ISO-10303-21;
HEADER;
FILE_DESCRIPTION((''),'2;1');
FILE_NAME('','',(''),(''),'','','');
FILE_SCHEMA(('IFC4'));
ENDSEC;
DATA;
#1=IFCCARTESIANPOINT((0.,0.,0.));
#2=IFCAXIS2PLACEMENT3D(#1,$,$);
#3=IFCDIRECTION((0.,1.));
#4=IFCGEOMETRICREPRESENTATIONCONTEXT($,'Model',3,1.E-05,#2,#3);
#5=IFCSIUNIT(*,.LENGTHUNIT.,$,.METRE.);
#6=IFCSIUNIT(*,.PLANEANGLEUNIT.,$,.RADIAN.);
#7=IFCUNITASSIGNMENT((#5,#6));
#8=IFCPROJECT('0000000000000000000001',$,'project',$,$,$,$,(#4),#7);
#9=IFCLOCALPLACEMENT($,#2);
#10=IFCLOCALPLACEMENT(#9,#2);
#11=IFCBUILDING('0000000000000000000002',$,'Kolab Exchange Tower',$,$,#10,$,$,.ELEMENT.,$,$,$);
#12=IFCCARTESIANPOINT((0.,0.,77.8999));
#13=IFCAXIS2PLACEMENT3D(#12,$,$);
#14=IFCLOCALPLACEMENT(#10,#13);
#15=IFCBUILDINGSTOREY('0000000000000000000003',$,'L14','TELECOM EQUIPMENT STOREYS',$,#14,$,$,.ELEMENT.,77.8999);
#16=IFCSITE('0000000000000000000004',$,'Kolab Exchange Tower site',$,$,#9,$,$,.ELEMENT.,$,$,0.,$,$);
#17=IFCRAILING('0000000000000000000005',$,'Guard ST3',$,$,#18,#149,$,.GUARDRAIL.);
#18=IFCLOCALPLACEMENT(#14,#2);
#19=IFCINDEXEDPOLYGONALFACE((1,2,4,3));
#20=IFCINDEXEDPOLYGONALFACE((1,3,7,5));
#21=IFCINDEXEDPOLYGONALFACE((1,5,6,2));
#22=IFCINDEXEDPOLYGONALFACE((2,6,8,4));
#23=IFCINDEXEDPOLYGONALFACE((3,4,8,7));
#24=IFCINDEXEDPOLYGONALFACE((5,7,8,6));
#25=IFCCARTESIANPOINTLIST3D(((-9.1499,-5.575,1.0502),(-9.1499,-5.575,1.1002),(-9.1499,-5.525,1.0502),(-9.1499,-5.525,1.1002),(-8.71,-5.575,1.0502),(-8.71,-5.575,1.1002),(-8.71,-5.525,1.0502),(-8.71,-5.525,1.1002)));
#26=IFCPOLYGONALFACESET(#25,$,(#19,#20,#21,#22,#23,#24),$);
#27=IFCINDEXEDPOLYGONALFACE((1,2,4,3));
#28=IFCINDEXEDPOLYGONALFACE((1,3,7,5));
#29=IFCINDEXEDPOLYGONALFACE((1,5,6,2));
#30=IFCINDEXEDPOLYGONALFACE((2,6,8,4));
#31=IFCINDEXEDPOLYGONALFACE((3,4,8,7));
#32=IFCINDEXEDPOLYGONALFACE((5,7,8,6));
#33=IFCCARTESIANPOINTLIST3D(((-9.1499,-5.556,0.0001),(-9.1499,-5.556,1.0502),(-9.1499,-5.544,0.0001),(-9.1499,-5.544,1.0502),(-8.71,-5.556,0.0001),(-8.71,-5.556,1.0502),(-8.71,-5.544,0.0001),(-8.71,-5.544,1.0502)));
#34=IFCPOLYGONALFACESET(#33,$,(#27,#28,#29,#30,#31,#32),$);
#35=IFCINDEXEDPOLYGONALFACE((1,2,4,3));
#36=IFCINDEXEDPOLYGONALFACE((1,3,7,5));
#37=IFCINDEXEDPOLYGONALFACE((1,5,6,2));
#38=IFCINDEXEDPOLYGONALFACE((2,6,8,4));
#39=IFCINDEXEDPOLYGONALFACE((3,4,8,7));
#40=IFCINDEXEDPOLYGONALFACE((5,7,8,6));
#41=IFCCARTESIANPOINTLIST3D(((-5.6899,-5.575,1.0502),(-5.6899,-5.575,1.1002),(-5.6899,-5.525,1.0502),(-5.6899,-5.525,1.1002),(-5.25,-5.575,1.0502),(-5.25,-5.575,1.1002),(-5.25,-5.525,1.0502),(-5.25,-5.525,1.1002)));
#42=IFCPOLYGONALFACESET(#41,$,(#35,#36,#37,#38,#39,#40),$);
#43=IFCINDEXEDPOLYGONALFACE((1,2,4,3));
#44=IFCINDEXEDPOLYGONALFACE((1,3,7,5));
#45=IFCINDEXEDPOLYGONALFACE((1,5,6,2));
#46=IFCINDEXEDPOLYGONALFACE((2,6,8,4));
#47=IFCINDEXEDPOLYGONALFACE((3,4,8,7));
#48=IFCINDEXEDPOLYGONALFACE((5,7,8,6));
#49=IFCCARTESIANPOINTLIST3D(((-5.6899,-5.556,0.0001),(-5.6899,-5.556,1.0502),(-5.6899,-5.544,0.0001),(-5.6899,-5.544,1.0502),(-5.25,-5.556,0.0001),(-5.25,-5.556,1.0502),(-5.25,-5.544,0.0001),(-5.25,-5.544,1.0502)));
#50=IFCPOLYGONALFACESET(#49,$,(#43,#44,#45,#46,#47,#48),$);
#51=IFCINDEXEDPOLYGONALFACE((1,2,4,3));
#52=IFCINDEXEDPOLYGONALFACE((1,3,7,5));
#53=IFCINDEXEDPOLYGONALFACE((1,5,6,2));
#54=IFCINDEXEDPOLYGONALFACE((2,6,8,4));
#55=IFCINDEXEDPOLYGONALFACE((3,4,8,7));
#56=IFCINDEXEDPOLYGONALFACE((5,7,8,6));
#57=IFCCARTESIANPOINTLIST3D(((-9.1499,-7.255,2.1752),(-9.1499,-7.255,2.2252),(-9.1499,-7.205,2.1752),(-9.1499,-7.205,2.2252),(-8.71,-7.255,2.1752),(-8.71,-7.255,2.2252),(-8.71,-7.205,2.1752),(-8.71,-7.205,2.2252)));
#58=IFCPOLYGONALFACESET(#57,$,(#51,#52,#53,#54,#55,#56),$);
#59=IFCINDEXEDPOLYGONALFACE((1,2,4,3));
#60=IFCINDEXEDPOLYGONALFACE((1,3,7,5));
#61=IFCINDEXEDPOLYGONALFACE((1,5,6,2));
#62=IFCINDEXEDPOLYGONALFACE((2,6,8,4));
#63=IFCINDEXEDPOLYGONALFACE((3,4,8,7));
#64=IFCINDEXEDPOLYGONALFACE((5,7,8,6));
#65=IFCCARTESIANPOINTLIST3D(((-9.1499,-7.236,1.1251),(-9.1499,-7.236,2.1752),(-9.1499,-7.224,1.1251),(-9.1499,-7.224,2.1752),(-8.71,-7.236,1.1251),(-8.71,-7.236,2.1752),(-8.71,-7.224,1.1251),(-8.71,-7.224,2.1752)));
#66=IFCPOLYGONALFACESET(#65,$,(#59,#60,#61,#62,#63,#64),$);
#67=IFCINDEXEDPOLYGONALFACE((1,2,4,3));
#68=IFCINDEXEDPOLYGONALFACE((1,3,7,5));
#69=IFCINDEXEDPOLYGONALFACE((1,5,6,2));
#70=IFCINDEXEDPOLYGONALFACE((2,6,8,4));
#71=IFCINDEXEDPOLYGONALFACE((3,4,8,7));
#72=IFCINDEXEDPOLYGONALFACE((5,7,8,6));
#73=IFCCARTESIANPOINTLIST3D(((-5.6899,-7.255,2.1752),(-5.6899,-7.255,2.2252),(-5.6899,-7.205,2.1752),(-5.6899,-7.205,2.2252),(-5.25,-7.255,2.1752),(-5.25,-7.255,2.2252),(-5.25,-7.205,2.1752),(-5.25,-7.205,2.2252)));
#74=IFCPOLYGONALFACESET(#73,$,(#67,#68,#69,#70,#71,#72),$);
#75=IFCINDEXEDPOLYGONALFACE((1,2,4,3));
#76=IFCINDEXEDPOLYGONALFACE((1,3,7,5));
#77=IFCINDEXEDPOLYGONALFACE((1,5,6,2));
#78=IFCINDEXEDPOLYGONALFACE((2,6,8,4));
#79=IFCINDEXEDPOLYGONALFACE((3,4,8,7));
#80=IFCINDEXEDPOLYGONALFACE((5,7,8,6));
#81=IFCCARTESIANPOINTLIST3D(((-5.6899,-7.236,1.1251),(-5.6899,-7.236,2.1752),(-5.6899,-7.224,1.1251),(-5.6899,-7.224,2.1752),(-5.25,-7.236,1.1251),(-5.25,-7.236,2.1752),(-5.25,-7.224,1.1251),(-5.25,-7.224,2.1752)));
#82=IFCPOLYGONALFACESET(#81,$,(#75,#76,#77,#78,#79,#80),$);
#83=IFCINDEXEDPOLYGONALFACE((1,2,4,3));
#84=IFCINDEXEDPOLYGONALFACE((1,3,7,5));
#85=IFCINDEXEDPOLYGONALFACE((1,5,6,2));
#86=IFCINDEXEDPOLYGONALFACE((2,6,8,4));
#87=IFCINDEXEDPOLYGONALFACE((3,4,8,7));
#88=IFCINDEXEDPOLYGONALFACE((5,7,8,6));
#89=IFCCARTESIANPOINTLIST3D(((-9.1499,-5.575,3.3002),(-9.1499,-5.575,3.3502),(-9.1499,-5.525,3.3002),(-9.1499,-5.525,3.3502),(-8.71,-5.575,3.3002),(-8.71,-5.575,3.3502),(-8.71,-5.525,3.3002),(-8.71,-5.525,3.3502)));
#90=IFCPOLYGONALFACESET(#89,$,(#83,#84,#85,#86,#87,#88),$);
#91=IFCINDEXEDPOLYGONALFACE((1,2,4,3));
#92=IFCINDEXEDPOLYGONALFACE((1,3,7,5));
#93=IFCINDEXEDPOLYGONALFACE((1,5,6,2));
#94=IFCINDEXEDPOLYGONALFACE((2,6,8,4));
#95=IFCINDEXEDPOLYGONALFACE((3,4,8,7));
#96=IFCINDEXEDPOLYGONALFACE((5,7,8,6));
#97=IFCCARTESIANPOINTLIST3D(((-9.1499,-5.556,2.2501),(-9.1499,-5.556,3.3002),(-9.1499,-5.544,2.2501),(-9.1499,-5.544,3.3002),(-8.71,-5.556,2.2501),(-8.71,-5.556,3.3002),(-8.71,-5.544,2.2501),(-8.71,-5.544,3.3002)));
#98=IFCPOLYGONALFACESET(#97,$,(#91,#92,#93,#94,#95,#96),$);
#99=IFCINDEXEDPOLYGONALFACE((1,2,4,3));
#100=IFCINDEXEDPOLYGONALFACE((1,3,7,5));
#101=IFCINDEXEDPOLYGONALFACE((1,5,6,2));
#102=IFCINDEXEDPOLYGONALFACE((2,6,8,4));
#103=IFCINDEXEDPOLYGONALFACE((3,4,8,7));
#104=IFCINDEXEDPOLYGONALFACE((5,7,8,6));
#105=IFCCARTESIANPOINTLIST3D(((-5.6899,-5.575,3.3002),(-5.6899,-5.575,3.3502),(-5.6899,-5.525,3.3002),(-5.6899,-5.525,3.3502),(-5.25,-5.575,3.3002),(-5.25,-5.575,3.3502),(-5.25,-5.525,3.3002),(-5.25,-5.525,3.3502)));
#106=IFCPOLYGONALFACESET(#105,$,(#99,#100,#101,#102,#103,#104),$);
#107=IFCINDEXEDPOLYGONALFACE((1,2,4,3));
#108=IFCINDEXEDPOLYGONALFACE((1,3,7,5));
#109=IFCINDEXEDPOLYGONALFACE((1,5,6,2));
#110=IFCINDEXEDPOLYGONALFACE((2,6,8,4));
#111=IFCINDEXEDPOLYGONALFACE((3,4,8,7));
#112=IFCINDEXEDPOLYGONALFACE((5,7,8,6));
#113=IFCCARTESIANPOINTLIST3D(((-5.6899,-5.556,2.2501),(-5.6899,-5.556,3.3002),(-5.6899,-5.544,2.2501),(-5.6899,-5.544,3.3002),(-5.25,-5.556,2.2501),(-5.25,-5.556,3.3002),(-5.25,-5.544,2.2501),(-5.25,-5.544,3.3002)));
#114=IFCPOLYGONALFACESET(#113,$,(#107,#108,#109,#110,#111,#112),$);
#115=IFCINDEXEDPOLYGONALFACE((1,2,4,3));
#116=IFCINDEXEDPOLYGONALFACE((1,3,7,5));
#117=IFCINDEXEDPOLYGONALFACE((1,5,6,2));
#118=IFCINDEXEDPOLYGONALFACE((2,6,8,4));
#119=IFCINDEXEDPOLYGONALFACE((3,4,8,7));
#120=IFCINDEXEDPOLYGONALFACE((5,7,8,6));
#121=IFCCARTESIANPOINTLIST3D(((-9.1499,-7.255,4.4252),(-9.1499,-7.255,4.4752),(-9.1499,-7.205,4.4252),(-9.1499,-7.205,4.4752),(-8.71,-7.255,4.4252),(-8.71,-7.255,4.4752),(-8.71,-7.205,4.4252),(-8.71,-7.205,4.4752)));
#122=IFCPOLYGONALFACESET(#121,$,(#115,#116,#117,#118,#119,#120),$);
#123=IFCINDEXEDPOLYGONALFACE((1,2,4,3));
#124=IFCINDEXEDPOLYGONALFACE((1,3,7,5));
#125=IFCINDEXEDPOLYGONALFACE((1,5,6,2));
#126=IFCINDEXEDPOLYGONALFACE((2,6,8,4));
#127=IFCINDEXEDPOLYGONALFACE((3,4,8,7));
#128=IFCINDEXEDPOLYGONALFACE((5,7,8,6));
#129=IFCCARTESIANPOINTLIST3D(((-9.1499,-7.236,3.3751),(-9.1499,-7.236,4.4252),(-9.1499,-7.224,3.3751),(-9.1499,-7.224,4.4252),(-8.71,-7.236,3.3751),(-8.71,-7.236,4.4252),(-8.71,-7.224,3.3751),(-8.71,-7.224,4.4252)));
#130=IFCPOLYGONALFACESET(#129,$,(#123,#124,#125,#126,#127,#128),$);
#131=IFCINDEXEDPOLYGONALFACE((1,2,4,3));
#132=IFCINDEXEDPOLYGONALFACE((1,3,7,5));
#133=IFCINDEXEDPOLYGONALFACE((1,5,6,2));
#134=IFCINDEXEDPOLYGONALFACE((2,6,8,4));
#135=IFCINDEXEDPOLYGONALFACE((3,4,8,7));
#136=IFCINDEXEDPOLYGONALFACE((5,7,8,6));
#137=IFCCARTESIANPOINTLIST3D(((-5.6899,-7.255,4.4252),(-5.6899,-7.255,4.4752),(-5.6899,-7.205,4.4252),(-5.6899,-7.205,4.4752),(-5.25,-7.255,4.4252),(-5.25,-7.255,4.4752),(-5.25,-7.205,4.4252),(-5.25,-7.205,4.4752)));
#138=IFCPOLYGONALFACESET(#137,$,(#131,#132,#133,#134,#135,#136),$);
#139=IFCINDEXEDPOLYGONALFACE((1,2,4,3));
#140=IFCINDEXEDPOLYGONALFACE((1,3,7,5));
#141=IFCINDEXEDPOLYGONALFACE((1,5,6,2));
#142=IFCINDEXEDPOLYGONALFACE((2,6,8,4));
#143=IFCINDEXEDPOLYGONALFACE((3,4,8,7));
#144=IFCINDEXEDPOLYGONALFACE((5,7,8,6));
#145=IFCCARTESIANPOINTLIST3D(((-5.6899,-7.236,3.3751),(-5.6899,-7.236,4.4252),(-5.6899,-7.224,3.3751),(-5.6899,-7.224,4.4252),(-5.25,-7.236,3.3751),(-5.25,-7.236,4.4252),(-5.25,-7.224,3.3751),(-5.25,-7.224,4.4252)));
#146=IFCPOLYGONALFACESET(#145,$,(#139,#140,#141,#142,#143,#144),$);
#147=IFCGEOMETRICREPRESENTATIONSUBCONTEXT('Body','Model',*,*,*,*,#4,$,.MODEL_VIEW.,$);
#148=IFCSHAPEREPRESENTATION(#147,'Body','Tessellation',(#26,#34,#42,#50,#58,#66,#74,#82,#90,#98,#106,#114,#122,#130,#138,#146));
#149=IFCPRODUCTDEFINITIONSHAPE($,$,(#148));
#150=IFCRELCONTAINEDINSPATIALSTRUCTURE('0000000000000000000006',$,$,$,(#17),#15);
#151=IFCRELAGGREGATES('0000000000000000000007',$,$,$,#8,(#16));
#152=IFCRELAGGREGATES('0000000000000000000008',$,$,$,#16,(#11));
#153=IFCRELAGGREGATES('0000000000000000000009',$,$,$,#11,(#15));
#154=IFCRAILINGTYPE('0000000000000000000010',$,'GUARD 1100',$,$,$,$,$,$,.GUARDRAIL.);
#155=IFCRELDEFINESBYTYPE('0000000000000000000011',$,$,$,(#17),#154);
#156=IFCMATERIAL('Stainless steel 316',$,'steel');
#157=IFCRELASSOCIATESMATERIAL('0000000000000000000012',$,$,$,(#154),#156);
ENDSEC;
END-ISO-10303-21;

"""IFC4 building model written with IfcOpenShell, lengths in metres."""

from ifc_helpers import new_model, si_unit, direction, frame, frame_2d, origin, origin_2d, place, context, subcontext, project, spatial, rectangle, extrude, material, type_object, element, save


model = new_model("IFC4")

# Units and contexts
model_context = context("Model", 3, precision=1e-05, world=origin(), true_north=direction((0.0, 1.0)))
body_context = subcontext(model_context, "Body", "Model", "MODEL_VIEW")
ifc_project = project(units=[si_unit("LENGTHUNIT", "METRE"), si_unit("PLANEANGLEUNIT", "RADIAN")], contexts=[model_context])

# Site, building, storey
site_placement = place(None, origin())
site = spatial("IfcSite", under=ifc_project, at=site_placement, Name="Kolab Exchange Tower site", CompositionType="ELEMENT", RefElevation=0.0)
building_placement = place(site_placement, origin())
building = spatial("IfcBuilding", under=site, at=building_placement, Name="Kolab Exchange Tower", CompositionType="ELEMENT")
storey_placement = place(building_placement, frame((0.0, 0.0, 77.8999)))
storey = spatial("IfcBuildingStorey", under=building, at=storey_placement, Name="L14", Description="TELECOM EQUIPMENT STOREYS", CompositionType="ELEMENT", Elevation=77.8999)

# Shared definitions
ifc_material_1 = material(Name="Stainless steel 316", Category="steel")

# Railing
railing_type = type_object("IfcRailingType", Name="GUARD 1100", PredefinedType="GUARDRAIL", material=ifc_material_1)
railing_placement = place(storey_placement, frame((-9.1499, -5.55, 0.0)))
element("IfcRailing", 1, at=railing_placement, inside=storey, type_object=railing_type, Name="Guard ST3", PredefinedType="GUARDRAIL", context=body_context, shape_type="SweptSolid", body=[
    extrude(rectangle(XDim=0.05, YDim=0.05, at=origin_2d()), frame((0.0, 0.0, 1.0752), z_axis=(1.0, 0.0, 0.0), x_axis=(0.0, 1.0, 0.0)), (0.0, 0.0, 1.0), 0.4399),
    extrude(rectangle(XDim=0.012, YDim=1.0501, at=frame_2d((0.0, 0.5251))), frame((0.0, 0.0, 0.0), z_axis=(1.0, 0.0, 0.0), x_axis=(0.0, 1.0, 0.0)), (0.0, 0.0, 1.0), 0.4399),
    extrude(rectangle(XDim=0.05, YDim=0.05, at=origin_2d()), frame((3.46, 0.0, 1.0752), z_axis=(1.0, 0.0, 0.0), x_axis=(0.0, 1.0, 0.0)), (0.0, 0.0, 1.0), 0.4399),
    extrude(rectangle(XDim=0.012, YDim=1.0501, at=frame_2d((0.0, 0.5251))), frame((3.46, 0.0, 0.0), z_axis=(1.0, 0.0, 0.0), x_axis=(0.0, 1.0, 0.0)), (0.0, 0.0, 1.0), 0.4399),
    extrude(rectangle(XDim=0.05, YDim=0.05, at=origin_2d()), frame((0.0, -1.6799, 2.2002), z_axis=(1.0, 0.0, 0.0), x_axis=(0.0, 1.0, 0.0)), (0.0, 0.0, 1.0), 0.4399),
    extrude(rectangle(XDim=0.012, YDim=1.0501, at=frame_2d((0.0, 0.5251))), frame((0.0, -1.6799, 1.125), z_axis=(1.0, 0.0, 0.0), x_axis=(0.0, 1.0, 0.0)), (0.0, 0.0, 1.0), 0.4399),
    extrude(rectangle(XDim=0.05, YDim=0.05, at=origin_2d()), frame((3.46, -1.6799, 2.2002), z_axis=(1.0, 0.0, 0.0), x_axis=(0.0, 1.0, 0.0)), (0.0, 0.0, 1.0), 0.4399),
    extrude(rectangle(XDim=0.012, YDim=1.0501, at=frame_2d((0.0, 0.5251))), frame((3.46, -1.6799, 1.125), z_axis=(1.0, 0.0, 0.0), x_axis=(0.0, 1.0, 0.0)), (0.0, 0.0, 1.0), 0.4399),
    extrude(rectangle(XDim=0.05, YDim=0.05, at=origin_2d()), frame((0.0, 0.0, 3.3252), z_axis=(1.0, 0.0, 0.0), x_axis=(0.0, 1.0, 0.0)), (0.0, 0.0, 1.0), 0.4399),
    extrude(rectangle(XDim=0.012, YDim=1.0501, at=frame_2d((0.0, 0.5251))), frame((0.0, 0.0, 2.25), z_axis=(1.0, 0.0, 0.0), x_axis=(0.0, 1.0, 0.0)), (0.0, 0.0, 1.0), 0.4399),
    extrude(rectangle(XDim=0.05, YDim=0.05, at=origin_2d()), frame((3.46, 0.0, 3.3252), z_axis=(1.0, 0.0, 0.0), x_axis=(0.0, 1.0, 0.0)), (0.0, 0.0, 1.0), 0.4399),
    extrude(rectangle(XDim=0.012, YDim=1.0501, at=frame_2d((0.0, 0.5251))), frame((3.46, 0.0, 2.25), z_axis=(1.0, 0.0, 0.0), x_axis=(0.0, 1.0, 0.0)), (0.0, 0.0, 1.0), 0.4399),
    extrude(rectangle(XDim=0.05, YDim=0.05, at=origin_2d()), frame((0.0, -1.6799, 4.4502), z_axis=(1.0, 0.0, 0.0), x_axis=(0.0, 1.0, 0.0)), (0.0, 0.0, 1.0), 0.4399),
    extrude(rectangle(XDim=0.012, YDim=1.0501, at=frame_2d((0.0, 0.5251))), frame((0.0, -1.6799, 3.375), z_axis=(1.0, 0.0, 0.0), x_axis=(0.0, 1.0, 0.0)), (0.0, 0.0, 1.0), 0.4399),
    extrude(rectangle(XDim=0.05, YDim=0.05, at=origin_2d()), frame((3.46, -1.6799, 4.4502), z_axis=(1.0, 0.0, 0.0), x_axis=(0.0, 1.0, 0.0)), (0.0, 0.0, 1.0), 0.4399),
    extrude(rectangle(XDim=0.012, YDim=1.0501, at=frame_2d((0.0, 0.5251))), frame((3.46, -1.6799, 3.375), z_axis=(1.0, 0.0, 0.0), x_axis=(0.0, 1.0, 0.0)), (0.0, 0.0, 1.0), 0.4399),
])

save(model, "model.ifc")
